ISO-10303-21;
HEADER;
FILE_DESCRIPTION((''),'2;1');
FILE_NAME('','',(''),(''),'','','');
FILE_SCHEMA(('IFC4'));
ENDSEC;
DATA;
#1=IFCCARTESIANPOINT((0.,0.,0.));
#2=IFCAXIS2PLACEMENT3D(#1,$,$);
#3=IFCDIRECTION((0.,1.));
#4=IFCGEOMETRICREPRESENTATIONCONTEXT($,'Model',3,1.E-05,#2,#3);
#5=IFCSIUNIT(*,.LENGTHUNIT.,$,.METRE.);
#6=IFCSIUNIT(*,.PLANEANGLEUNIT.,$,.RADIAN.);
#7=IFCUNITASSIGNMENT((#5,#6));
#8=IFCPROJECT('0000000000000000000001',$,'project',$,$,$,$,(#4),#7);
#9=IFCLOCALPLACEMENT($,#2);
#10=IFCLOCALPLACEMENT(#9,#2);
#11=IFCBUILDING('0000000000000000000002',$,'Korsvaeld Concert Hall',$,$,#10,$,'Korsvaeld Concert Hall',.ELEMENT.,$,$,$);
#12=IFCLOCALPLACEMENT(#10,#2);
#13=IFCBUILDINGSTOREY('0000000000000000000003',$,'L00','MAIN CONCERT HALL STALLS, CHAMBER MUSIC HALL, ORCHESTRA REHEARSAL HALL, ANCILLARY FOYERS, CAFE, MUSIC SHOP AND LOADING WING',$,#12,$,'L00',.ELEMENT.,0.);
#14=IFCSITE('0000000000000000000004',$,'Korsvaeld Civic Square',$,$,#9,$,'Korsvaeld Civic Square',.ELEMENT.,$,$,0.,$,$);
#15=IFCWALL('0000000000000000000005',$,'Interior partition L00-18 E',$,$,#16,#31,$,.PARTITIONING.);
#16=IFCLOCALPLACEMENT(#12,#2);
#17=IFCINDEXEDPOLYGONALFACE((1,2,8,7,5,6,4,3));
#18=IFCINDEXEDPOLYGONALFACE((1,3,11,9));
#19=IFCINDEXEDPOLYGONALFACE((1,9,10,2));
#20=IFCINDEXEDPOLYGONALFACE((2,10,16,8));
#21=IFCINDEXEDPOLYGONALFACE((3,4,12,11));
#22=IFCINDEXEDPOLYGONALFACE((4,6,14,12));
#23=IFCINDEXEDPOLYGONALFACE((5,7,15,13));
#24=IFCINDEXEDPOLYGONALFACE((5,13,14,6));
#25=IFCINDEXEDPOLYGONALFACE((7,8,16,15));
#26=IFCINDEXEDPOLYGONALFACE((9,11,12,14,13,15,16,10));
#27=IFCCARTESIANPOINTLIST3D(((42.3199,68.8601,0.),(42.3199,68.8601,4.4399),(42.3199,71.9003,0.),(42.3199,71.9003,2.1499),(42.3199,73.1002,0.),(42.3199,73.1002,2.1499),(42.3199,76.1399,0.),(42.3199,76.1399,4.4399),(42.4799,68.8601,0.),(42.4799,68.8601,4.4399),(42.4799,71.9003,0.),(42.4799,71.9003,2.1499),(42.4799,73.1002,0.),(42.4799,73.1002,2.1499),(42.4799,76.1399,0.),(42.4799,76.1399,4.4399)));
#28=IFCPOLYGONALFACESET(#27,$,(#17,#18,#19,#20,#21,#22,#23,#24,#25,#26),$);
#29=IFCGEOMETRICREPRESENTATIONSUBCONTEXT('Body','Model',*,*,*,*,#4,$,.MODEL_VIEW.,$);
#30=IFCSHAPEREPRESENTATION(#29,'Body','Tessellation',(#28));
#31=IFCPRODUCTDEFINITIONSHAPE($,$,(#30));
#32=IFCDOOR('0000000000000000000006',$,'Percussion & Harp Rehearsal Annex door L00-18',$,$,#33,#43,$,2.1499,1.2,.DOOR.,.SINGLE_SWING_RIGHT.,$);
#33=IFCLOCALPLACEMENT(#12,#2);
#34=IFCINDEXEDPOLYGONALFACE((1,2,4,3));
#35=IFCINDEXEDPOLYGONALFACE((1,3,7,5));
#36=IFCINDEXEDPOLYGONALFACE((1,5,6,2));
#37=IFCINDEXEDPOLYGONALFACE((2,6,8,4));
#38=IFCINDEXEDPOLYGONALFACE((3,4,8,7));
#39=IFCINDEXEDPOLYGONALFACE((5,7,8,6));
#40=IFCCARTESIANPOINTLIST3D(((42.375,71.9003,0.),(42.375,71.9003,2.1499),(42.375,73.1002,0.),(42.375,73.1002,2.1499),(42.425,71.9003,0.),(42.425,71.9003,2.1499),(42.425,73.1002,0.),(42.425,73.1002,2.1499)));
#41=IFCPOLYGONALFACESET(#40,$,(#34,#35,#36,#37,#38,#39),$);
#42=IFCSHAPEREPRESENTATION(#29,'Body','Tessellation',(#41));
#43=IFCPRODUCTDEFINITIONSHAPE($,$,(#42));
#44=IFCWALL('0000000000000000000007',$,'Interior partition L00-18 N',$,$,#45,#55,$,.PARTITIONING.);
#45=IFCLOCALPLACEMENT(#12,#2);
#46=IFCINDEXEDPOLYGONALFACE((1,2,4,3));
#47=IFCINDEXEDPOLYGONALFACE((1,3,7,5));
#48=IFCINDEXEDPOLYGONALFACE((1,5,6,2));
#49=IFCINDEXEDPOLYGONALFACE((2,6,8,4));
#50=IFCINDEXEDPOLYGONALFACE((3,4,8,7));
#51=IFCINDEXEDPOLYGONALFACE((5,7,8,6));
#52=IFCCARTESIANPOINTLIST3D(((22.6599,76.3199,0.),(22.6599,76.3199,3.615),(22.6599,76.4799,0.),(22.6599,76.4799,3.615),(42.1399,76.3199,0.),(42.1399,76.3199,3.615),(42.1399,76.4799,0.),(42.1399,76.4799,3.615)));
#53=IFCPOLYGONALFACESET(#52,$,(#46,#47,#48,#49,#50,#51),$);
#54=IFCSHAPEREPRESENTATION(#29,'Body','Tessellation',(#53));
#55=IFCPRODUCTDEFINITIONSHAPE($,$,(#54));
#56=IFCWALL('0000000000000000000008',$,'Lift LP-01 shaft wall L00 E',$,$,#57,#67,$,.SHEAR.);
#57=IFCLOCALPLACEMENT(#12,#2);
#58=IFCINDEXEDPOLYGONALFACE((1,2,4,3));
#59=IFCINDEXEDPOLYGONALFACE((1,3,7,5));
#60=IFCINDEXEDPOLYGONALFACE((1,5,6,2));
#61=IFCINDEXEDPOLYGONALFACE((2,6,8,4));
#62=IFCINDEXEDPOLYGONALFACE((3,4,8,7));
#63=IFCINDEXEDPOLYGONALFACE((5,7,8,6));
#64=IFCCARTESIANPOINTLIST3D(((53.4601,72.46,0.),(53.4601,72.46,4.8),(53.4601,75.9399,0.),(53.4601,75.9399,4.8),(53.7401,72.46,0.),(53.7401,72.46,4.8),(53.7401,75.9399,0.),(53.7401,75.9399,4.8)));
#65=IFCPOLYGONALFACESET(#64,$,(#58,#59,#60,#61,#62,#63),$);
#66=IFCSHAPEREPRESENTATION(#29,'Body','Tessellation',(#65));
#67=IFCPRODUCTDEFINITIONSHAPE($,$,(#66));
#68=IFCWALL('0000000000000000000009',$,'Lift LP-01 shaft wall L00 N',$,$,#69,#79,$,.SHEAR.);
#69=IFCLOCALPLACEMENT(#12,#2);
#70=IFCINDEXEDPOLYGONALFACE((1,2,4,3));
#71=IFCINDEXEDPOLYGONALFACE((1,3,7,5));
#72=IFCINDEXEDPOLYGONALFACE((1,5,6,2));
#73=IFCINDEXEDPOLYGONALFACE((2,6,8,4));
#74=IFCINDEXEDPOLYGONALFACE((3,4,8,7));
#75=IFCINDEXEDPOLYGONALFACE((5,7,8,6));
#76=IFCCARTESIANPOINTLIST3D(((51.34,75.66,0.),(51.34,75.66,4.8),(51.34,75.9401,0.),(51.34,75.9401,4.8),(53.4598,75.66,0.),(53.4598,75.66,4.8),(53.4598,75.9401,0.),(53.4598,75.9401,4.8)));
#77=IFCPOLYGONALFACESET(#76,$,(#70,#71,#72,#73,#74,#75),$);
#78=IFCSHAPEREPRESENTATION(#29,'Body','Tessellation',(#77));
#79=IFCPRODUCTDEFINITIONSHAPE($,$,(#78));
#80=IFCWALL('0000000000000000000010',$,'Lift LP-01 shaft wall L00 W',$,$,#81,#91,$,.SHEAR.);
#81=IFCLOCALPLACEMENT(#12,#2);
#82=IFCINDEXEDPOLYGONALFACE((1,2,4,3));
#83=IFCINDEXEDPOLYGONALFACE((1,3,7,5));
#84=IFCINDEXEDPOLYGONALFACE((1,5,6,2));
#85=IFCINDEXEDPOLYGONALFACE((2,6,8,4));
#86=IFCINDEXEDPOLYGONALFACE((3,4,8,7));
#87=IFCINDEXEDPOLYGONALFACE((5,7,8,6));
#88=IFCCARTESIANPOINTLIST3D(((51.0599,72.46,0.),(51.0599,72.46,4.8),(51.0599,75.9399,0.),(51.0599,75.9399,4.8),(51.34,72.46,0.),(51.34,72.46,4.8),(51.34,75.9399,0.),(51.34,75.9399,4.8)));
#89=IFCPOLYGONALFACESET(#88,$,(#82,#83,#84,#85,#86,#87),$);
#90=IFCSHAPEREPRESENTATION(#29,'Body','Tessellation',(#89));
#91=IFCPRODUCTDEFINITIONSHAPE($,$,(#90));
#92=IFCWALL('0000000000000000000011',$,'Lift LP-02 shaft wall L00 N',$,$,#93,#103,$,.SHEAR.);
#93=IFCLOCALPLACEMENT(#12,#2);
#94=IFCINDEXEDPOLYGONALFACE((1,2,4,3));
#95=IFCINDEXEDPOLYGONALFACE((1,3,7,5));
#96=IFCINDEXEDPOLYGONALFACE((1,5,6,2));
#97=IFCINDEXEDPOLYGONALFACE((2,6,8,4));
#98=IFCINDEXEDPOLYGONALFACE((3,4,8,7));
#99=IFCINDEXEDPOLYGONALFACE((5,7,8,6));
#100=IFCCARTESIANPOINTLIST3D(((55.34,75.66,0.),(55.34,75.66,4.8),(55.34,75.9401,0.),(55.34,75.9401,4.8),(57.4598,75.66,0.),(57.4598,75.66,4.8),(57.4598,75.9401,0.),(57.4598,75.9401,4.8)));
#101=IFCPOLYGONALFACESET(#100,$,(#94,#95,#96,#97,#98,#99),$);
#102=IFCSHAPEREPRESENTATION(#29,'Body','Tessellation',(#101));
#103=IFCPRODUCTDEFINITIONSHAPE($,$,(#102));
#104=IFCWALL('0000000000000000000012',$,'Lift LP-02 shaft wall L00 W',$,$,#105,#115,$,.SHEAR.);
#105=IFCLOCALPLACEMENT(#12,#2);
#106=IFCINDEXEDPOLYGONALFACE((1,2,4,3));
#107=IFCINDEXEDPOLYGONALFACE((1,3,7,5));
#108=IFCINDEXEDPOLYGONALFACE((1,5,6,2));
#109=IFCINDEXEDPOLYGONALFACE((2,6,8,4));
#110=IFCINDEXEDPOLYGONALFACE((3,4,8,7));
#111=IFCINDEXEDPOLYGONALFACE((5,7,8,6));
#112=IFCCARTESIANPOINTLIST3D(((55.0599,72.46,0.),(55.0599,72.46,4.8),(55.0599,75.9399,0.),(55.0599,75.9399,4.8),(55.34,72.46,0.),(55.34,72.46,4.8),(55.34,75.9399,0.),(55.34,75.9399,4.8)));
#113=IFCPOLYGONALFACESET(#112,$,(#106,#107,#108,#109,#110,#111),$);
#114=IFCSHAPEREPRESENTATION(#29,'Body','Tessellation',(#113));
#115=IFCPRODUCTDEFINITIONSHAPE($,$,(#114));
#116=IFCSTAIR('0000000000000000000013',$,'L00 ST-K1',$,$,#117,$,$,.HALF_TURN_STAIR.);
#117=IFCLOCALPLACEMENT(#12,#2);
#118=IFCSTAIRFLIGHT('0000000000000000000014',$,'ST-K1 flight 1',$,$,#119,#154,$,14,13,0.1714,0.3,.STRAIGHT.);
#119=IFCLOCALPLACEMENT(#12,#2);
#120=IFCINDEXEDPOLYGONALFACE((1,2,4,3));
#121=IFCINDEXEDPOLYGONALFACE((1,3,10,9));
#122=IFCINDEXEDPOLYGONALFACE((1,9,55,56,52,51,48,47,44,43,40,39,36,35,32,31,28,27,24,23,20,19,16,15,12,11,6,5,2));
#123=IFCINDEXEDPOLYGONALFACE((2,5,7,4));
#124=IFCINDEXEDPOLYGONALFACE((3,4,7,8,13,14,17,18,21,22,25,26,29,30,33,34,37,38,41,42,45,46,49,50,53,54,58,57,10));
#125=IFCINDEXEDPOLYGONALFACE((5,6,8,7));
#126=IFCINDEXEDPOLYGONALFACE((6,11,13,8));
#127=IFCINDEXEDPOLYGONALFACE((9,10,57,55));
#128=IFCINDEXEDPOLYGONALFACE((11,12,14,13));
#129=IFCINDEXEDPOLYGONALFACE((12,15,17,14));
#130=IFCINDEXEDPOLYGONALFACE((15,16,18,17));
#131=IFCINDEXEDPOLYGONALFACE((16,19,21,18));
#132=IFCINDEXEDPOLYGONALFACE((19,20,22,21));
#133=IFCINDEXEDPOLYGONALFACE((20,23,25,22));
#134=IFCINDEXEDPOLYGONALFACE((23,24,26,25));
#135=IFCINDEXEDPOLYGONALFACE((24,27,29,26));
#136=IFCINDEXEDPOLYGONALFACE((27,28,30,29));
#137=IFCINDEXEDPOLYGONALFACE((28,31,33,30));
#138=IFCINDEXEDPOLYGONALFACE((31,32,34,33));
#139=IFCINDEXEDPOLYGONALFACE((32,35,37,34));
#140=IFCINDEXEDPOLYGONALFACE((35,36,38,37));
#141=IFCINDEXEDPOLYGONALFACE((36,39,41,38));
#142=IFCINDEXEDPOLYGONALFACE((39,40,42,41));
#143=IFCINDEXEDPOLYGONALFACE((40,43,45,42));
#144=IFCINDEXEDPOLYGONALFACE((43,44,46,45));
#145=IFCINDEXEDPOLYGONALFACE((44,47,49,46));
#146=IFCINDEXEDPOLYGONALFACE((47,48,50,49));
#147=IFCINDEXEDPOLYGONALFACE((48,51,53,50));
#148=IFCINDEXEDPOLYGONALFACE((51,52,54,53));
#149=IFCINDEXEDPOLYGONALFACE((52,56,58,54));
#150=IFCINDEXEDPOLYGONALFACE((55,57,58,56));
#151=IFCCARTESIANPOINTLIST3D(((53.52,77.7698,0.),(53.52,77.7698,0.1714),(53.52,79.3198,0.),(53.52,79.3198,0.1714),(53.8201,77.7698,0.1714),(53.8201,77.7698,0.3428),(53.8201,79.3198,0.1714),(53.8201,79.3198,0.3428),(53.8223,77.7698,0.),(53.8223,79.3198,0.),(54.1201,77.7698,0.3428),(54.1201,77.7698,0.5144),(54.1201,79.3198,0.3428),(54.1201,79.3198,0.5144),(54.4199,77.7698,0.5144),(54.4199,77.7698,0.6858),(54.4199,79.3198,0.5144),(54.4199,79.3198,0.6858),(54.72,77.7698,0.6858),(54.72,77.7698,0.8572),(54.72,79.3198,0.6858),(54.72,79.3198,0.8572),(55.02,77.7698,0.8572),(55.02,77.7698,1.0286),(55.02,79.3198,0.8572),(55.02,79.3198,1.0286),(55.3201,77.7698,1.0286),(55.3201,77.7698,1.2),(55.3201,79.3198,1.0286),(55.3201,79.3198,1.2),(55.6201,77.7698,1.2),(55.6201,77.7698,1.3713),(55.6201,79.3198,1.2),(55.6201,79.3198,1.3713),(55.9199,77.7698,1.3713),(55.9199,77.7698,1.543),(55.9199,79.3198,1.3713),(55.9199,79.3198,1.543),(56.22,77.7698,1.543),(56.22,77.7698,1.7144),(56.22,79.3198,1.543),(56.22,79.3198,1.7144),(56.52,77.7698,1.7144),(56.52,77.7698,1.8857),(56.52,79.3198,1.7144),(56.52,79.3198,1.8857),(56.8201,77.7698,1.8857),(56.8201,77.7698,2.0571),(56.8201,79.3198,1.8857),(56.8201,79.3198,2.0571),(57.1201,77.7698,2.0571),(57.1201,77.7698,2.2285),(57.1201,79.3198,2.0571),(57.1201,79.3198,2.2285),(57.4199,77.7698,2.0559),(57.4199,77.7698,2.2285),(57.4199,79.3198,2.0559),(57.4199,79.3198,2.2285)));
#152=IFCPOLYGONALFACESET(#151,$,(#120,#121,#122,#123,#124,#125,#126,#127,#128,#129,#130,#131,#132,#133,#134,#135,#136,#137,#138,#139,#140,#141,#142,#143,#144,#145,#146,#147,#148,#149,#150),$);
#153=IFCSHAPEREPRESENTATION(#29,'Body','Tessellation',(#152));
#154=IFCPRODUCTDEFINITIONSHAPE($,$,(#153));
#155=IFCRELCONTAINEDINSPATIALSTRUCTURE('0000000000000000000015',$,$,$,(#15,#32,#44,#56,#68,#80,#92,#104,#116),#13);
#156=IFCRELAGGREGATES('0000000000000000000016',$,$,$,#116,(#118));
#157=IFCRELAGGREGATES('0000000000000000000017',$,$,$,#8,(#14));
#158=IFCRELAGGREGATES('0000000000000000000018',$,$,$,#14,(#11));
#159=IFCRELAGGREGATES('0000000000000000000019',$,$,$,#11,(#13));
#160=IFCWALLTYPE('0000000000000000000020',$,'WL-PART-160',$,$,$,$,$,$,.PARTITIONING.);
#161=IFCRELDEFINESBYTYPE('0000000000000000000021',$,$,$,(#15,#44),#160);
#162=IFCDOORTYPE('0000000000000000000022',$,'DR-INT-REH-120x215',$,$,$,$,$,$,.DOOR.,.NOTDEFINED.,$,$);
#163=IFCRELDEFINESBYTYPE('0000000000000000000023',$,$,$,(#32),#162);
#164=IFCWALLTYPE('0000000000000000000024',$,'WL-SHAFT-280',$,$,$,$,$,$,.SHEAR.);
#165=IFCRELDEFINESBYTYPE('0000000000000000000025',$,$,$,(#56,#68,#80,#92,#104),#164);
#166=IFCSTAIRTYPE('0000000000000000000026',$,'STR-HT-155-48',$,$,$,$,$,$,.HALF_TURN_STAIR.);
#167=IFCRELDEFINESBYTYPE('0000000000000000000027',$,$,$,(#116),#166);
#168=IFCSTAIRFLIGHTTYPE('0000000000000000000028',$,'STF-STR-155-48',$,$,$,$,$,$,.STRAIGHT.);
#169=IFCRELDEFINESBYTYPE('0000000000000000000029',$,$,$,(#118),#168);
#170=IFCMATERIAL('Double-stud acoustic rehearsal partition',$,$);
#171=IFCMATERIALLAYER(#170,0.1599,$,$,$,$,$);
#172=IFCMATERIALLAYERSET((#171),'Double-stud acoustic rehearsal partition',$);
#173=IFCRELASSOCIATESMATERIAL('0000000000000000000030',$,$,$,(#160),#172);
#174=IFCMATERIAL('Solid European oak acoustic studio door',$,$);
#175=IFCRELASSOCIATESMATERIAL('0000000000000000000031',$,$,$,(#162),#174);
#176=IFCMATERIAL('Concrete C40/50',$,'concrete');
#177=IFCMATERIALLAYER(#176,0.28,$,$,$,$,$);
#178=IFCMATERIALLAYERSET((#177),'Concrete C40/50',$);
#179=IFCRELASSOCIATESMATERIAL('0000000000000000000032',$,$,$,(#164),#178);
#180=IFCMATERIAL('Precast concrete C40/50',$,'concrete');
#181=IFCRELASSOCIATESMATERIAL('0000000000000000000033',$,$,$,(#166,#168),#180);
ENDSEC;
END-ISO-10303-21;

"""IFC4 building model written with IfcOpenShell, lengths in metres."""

from ifc_helpers import new_model, si_unit, direction, frame, frame_2d, origin, place, context, subcontext, project, spatial, polyline, rectangle, outline, extrude, material, layer, layer_set, type_object, element, fill, aggregate, save


model = new_model("IFC4")

# Units and contexts
model_context = context("Model", 3, precision=1e-05, world=origin(), true_north=direction((0.0, 1.0)))
body_context = subcontext(model_context, "Body", "Model", "MODEL_VIEW")
ifc_project = project(units=[si_unit("LENGTHUNIT", "METRE"), si_unit("PLANEANGLEUNIT", "RADIAN")], contexts=[model_context])

# Site, building, storey
site_placement = place(None, origin())
site = spatial("IfcSite", under=ifc_project, at=site_placement, Name="Korsvaeld Civic Square", LongName="Korsvaeld Civic Square", CompositionType="ELEMENT", RefElevation=0.0)
building_placement = place(site_placement, origin())
building = spatial("IfcBuilding", under=site, at=building_placement, Name="Korsvaeld Concert Hall", LongName="Korsvaeld Concert Hall", CompositionType="ELEMENT")
storey_placement = place(building_placement, origin())
storey = spatial("IfcBuildingStorey", under=building, at=storey_placement, Name="L00", Description="MAIN CONCERT HALL STALLS, CHAMBER MUSIC HALL, ORCHESTRA REHEARSAL HALL, ANCILLARY FOYERS, CAFE, MUSIC SHOP AND LOADING WING", LongName="L00", CompositionType="ELEMENT", Elevation=0.0)

# Shared definitions
ifc_material_1 = material(Name="Concrete C40/50", Category="concrete")

# Wall, opening, door
ifc_material_2 = material(Name="Double-stud acoustic rehearsal partition")
ifc_layer_1 = layer(ifc_material_2, 0.1599)
ifc_layer_set_1 = layer_set([ifc_layer_1], Name="Double-stud acoustic rehearsal partition")
wall_type_1 = type_object("IfcWallType", Name="WL-PART-160", PredefinedType="PARTITIONING", material=ifc_layer_set_1)
wall_1_placement = place(storey_placement, frame((42.3999, 68.8601, 0.0), z_axis=(0.0, 0.0, 1.0), x_axis=(0.0, 1.0, 0.0)))
wall_1 = element("IfcWall", 1, at=wall_1_placement, inside=storey, type_object=wall_type_1, Name="Interior partition L00-18 E", PredefinedType="PARTITIONING", context=body_context, shape_type="SweptSolid", body=[
    extrude(rectangle(XDim=7.2798, YDim=0.1599, at=frame_2d((3.6399, 0.0))), origin(), (0.0, 0.0, 1.0), 4.4399),
])
opening_1_placement = place(wall_1_placement, frame((3.04, 0.0, 0.0)))
opening_1 = element("IfcOpeningElement", 2, at=opening_1_placement, cuts=wall_1, PredefinedType="OPENING", context=body_context, shape_type="SweptSolid", body=[
    extrude(rectangle(XDim=1.2, YDim=2.1499, at=frame_2d((0.6001, 1.075))), frame((0.0, 0.0898, 0.0), z_axis=(0.0, -1.0, 0.0), x_axis=(1.0, 0.0, 0.0)), (0.0, 0.0, 1.0), 0.1799),
])
ifc_material_3 = material(Name="Solid European oak acoustic studio door")
door_type_1 = type_object("IfcDoorType", Name="DR-INT-REH-120x215", OperationType="NOTDEFINED", PredefinedType="DOOR", material=ifc_material_3)
door_1_placement = place(opening_1_placement, origin())
door_1 = element("IfcDoor", 3, at=door_1_placement, inside=storey, type_object=door_type_1, Name="Percussion & Harp Rehearsal Annex door L00-18", OperationType="SINGLE_SWING_RIGHT", OverallHeight=2.1499, OverallWidth=1.2, PredefinedType="DOOR", context=body_context, shape_type="SweptSolid", body=[
    extrude(rectangle(XDim=1.2, YDim=2.1499, at=frame_2d((0.6001, 1.075))), frame((0.0, 0.0249, 0.0), z_axis=(0.0, -1.0, 0.0), x_axis=(1.0, 0.0, 0.0)), (0.0, 0.0, 1.0), 0.05),
])
fill(opening_1, door_1)

# Wall
wall_2_placement = place(storey_placement, frame((42.1399, 76.3999, 0.0), z_axis=(0.0, 0.0, 1.0), x_axis=(-1.0, 0.0, 0.0)))
element("IfcWall", 4, at=wall_2_placement, inside=storey, type_object=wall_type_1, Name="Interior partition L00-18 N", PredefinedType="PARTITIONING", context=body_context, shape_type="SweptSolid", body=[
    extrude(rectangle(XDim=19.48, YDim=0.1599, at=frame_2d((9.74, 0.0))), origin(), (0.0, 0.0, 1.0), 3.615),
])

# Shared definitions
ifc_layer_2 = layer(ifc_material_1, 0.28)
ifc_layer_set_2 = layer_set([ifc_layer_2], Name="Concrete C40/50")
wall_type_2 = type_object("IfcWallType", Name="WL-SHAFT-280", PredefinedType="SHEAR", material=ifc_layer_set_2)

# Walls
wall_3_placement = place(storey_placement, frame((53.6001, 72.46, 0.0), z_axis=(0.0, 0.0, 1.0), x_axis=(0.0, 1.0, 0.0)))
element("IfcWall", 5, at=wall_3_placement, inside=storey, type_object=wall_type_2, Name="Lift LP-01 shaft wall L00 E", PredefinedType="SHEAR", context=body_context, shape_type="SweptSolid", body=[
    extrude(rectangle(XDim=3.48, YDim=0.28, at=frame_2d((1.74, 0.0))), origin(), (0.0, 0.0, 1.0), 4.8),
])
wall_4_placement = place(storey_placement, frame((53.46, 75.8, 0.0), z_axis=(0.0, 0.0, 1.0), x_axis=(-1.0, 0.0, 0.0)))
element("IfcWall", 6, at=wall_4_placement, inside=storey, type_object=wall_type_2, Name="Lift LP-01 shaft wall L00 N", PredefinedType="SHEAR", context=body_context, shape_type="SweptSolid", body=[
    extrude(rectangle(XDim=2.1199, YDim=0.28, at=frame_2d((1.0601, 0.0))), origin(), (0.0, 0.0, 1.0), 4.8),
])
wall_5_placement = place(storey_placement, frame((51.2, 75.9399, 0.0), z_axis=(0.0, 0.0, 1.0), x_axis=(0.0, -1.0, 0.0)))
element("IfcWall", 7, at=wall_5_placement, inside=storey, type_object=wall_type_2, Name="Lift LP-01 shaft wall L00 W", PredefinedType="SHEAR", context=body_context, shape_type="SweptSolid", body=[
    extrude(rectangle(XDim=3.48, YDim=0.28, at=frame_2d((1.74, 0.0))), origin(), (0.0, 0.0, 1.0), 4.8),
])

# Walls
wall_6_placement = place(storey_placement, frame((57.46, 75.8, 0.0), z_axis=(0.0, 0.0, 1.0), x_axis=(-1.0, 0.0, 0.0)))
element("IfcWall", 8, at=wall_6_placement, inside=storey, type_object=wall_type_2, Name="Lift LP-02 shaft wall L00 N", PredefinedType="SHEAR", context=body_context, shape_type="SweptSolid", body=[
    extrude(rectangle(XDim=2.1199, YDim=0.28, at=frame_2d((1.0601, 0.0))), origin(), (0.0, 0.0, 1.0), 4.8),
])
wall_7_placement = place(storey_placement, frame((55.2, 75.9399, 0.0), z_axis=(0.0, 0.0, 1.0), x_axis=(0.0, -1.0, 0.0)))
element("IfcWall", 9, at=wall_7_placement, inside=storey, type_object=wall_type_2, Name="Lift LP-02 shaft wall L00 W", PredefinedType="SHEAR", context=body_context, shape_type="SweptSolid", body=[
    extrude(rectangle(XDim=3.48, YDim=0.28, at=frame_2d((1.74, 0.0))), origin(), (0.0, 0.0, 1.0), 4.8),
])

# Stair, stair flight
ifc_material_4 = material(Name="Precast concrete C40/50", Category="concrete")
stair_type = type_object("IfcStairType", Name="STR-HT-155-48", PredefinedType="HALF_TURN_STAIR", material=ifc_material_4)
stair_placement = place(storey_placement, origin())
stair = element("IfcStair", 10, at=stair_placement, inside=storey, type_object=stair_type, Name="L00 ST-K1", PredefinedType="HALF_TURN_STAIR")
stair_flight_type = type_object("IfcStairFlightType", Name="STF-STR-155-48", PredefinedType="STRAIGHT", material=ifc_material_4)
stair_flight_1_placement = place(storey_placement, frame((53.52, 78.5449, 0.0), z_axis=(0.0, 0.0, 1.0), x_axis=(1.0, 0.0, 0.0)))
stair_flight_1 = element("IfcStairFlight", 11, at=stair_flight_1_placement, type_object=stair_flight_type, Name="ST-K1 flight 1", NumberOfRisers=14, NumberOfTreads=13, PredefinedType="STRAIGHT", RiserHeight=0.1714, TreadLength=0.3, context=body_context, shape_type="SweptSolid", body=[
    extrude(outline(polyline([(0.0, 0.0), (0.0, 0.1714), (0.3, 0.1714), (0.3, 0.3428), (0.6001, 0.3428), (0.6001, 0.5144), (0.8999, 0.5144), (0.8999, 0.6858), (1.2, 0.6858), (1.2, 0.8572), (1.5, 0.8572), (1.5, 1.0286), (1.8, 1.0286), (1.8, 1.2), (2.1001, 1.2), (2.1001, 1.3713), (2.3999, 1.3713), (2.3999, 1.543), (2.7, 1.543), (2.7, 1.7144), (3.0, 1.7144), (3.0, 1.8857), (3.3, 1.8857), (3.3, 2.0571), (3.6001, 2.0571), (3.6001, 2.2285), (3.8999, 2.2285), (3.8999, 2.3999), (3.8999, 2.0559), (0.3022, 0.0), (0.0, 0.0)])), frame((0.0, 0.7749, 0.0), z_axis=(0.0, -1.0, 0.0), x_axis=(1.0, 0.0, 0.0)), (0.0, 0.0, 1.0), 1.55),
])
aggregate(stair, [stair_flight_1])

save(model, "model.ifc")
